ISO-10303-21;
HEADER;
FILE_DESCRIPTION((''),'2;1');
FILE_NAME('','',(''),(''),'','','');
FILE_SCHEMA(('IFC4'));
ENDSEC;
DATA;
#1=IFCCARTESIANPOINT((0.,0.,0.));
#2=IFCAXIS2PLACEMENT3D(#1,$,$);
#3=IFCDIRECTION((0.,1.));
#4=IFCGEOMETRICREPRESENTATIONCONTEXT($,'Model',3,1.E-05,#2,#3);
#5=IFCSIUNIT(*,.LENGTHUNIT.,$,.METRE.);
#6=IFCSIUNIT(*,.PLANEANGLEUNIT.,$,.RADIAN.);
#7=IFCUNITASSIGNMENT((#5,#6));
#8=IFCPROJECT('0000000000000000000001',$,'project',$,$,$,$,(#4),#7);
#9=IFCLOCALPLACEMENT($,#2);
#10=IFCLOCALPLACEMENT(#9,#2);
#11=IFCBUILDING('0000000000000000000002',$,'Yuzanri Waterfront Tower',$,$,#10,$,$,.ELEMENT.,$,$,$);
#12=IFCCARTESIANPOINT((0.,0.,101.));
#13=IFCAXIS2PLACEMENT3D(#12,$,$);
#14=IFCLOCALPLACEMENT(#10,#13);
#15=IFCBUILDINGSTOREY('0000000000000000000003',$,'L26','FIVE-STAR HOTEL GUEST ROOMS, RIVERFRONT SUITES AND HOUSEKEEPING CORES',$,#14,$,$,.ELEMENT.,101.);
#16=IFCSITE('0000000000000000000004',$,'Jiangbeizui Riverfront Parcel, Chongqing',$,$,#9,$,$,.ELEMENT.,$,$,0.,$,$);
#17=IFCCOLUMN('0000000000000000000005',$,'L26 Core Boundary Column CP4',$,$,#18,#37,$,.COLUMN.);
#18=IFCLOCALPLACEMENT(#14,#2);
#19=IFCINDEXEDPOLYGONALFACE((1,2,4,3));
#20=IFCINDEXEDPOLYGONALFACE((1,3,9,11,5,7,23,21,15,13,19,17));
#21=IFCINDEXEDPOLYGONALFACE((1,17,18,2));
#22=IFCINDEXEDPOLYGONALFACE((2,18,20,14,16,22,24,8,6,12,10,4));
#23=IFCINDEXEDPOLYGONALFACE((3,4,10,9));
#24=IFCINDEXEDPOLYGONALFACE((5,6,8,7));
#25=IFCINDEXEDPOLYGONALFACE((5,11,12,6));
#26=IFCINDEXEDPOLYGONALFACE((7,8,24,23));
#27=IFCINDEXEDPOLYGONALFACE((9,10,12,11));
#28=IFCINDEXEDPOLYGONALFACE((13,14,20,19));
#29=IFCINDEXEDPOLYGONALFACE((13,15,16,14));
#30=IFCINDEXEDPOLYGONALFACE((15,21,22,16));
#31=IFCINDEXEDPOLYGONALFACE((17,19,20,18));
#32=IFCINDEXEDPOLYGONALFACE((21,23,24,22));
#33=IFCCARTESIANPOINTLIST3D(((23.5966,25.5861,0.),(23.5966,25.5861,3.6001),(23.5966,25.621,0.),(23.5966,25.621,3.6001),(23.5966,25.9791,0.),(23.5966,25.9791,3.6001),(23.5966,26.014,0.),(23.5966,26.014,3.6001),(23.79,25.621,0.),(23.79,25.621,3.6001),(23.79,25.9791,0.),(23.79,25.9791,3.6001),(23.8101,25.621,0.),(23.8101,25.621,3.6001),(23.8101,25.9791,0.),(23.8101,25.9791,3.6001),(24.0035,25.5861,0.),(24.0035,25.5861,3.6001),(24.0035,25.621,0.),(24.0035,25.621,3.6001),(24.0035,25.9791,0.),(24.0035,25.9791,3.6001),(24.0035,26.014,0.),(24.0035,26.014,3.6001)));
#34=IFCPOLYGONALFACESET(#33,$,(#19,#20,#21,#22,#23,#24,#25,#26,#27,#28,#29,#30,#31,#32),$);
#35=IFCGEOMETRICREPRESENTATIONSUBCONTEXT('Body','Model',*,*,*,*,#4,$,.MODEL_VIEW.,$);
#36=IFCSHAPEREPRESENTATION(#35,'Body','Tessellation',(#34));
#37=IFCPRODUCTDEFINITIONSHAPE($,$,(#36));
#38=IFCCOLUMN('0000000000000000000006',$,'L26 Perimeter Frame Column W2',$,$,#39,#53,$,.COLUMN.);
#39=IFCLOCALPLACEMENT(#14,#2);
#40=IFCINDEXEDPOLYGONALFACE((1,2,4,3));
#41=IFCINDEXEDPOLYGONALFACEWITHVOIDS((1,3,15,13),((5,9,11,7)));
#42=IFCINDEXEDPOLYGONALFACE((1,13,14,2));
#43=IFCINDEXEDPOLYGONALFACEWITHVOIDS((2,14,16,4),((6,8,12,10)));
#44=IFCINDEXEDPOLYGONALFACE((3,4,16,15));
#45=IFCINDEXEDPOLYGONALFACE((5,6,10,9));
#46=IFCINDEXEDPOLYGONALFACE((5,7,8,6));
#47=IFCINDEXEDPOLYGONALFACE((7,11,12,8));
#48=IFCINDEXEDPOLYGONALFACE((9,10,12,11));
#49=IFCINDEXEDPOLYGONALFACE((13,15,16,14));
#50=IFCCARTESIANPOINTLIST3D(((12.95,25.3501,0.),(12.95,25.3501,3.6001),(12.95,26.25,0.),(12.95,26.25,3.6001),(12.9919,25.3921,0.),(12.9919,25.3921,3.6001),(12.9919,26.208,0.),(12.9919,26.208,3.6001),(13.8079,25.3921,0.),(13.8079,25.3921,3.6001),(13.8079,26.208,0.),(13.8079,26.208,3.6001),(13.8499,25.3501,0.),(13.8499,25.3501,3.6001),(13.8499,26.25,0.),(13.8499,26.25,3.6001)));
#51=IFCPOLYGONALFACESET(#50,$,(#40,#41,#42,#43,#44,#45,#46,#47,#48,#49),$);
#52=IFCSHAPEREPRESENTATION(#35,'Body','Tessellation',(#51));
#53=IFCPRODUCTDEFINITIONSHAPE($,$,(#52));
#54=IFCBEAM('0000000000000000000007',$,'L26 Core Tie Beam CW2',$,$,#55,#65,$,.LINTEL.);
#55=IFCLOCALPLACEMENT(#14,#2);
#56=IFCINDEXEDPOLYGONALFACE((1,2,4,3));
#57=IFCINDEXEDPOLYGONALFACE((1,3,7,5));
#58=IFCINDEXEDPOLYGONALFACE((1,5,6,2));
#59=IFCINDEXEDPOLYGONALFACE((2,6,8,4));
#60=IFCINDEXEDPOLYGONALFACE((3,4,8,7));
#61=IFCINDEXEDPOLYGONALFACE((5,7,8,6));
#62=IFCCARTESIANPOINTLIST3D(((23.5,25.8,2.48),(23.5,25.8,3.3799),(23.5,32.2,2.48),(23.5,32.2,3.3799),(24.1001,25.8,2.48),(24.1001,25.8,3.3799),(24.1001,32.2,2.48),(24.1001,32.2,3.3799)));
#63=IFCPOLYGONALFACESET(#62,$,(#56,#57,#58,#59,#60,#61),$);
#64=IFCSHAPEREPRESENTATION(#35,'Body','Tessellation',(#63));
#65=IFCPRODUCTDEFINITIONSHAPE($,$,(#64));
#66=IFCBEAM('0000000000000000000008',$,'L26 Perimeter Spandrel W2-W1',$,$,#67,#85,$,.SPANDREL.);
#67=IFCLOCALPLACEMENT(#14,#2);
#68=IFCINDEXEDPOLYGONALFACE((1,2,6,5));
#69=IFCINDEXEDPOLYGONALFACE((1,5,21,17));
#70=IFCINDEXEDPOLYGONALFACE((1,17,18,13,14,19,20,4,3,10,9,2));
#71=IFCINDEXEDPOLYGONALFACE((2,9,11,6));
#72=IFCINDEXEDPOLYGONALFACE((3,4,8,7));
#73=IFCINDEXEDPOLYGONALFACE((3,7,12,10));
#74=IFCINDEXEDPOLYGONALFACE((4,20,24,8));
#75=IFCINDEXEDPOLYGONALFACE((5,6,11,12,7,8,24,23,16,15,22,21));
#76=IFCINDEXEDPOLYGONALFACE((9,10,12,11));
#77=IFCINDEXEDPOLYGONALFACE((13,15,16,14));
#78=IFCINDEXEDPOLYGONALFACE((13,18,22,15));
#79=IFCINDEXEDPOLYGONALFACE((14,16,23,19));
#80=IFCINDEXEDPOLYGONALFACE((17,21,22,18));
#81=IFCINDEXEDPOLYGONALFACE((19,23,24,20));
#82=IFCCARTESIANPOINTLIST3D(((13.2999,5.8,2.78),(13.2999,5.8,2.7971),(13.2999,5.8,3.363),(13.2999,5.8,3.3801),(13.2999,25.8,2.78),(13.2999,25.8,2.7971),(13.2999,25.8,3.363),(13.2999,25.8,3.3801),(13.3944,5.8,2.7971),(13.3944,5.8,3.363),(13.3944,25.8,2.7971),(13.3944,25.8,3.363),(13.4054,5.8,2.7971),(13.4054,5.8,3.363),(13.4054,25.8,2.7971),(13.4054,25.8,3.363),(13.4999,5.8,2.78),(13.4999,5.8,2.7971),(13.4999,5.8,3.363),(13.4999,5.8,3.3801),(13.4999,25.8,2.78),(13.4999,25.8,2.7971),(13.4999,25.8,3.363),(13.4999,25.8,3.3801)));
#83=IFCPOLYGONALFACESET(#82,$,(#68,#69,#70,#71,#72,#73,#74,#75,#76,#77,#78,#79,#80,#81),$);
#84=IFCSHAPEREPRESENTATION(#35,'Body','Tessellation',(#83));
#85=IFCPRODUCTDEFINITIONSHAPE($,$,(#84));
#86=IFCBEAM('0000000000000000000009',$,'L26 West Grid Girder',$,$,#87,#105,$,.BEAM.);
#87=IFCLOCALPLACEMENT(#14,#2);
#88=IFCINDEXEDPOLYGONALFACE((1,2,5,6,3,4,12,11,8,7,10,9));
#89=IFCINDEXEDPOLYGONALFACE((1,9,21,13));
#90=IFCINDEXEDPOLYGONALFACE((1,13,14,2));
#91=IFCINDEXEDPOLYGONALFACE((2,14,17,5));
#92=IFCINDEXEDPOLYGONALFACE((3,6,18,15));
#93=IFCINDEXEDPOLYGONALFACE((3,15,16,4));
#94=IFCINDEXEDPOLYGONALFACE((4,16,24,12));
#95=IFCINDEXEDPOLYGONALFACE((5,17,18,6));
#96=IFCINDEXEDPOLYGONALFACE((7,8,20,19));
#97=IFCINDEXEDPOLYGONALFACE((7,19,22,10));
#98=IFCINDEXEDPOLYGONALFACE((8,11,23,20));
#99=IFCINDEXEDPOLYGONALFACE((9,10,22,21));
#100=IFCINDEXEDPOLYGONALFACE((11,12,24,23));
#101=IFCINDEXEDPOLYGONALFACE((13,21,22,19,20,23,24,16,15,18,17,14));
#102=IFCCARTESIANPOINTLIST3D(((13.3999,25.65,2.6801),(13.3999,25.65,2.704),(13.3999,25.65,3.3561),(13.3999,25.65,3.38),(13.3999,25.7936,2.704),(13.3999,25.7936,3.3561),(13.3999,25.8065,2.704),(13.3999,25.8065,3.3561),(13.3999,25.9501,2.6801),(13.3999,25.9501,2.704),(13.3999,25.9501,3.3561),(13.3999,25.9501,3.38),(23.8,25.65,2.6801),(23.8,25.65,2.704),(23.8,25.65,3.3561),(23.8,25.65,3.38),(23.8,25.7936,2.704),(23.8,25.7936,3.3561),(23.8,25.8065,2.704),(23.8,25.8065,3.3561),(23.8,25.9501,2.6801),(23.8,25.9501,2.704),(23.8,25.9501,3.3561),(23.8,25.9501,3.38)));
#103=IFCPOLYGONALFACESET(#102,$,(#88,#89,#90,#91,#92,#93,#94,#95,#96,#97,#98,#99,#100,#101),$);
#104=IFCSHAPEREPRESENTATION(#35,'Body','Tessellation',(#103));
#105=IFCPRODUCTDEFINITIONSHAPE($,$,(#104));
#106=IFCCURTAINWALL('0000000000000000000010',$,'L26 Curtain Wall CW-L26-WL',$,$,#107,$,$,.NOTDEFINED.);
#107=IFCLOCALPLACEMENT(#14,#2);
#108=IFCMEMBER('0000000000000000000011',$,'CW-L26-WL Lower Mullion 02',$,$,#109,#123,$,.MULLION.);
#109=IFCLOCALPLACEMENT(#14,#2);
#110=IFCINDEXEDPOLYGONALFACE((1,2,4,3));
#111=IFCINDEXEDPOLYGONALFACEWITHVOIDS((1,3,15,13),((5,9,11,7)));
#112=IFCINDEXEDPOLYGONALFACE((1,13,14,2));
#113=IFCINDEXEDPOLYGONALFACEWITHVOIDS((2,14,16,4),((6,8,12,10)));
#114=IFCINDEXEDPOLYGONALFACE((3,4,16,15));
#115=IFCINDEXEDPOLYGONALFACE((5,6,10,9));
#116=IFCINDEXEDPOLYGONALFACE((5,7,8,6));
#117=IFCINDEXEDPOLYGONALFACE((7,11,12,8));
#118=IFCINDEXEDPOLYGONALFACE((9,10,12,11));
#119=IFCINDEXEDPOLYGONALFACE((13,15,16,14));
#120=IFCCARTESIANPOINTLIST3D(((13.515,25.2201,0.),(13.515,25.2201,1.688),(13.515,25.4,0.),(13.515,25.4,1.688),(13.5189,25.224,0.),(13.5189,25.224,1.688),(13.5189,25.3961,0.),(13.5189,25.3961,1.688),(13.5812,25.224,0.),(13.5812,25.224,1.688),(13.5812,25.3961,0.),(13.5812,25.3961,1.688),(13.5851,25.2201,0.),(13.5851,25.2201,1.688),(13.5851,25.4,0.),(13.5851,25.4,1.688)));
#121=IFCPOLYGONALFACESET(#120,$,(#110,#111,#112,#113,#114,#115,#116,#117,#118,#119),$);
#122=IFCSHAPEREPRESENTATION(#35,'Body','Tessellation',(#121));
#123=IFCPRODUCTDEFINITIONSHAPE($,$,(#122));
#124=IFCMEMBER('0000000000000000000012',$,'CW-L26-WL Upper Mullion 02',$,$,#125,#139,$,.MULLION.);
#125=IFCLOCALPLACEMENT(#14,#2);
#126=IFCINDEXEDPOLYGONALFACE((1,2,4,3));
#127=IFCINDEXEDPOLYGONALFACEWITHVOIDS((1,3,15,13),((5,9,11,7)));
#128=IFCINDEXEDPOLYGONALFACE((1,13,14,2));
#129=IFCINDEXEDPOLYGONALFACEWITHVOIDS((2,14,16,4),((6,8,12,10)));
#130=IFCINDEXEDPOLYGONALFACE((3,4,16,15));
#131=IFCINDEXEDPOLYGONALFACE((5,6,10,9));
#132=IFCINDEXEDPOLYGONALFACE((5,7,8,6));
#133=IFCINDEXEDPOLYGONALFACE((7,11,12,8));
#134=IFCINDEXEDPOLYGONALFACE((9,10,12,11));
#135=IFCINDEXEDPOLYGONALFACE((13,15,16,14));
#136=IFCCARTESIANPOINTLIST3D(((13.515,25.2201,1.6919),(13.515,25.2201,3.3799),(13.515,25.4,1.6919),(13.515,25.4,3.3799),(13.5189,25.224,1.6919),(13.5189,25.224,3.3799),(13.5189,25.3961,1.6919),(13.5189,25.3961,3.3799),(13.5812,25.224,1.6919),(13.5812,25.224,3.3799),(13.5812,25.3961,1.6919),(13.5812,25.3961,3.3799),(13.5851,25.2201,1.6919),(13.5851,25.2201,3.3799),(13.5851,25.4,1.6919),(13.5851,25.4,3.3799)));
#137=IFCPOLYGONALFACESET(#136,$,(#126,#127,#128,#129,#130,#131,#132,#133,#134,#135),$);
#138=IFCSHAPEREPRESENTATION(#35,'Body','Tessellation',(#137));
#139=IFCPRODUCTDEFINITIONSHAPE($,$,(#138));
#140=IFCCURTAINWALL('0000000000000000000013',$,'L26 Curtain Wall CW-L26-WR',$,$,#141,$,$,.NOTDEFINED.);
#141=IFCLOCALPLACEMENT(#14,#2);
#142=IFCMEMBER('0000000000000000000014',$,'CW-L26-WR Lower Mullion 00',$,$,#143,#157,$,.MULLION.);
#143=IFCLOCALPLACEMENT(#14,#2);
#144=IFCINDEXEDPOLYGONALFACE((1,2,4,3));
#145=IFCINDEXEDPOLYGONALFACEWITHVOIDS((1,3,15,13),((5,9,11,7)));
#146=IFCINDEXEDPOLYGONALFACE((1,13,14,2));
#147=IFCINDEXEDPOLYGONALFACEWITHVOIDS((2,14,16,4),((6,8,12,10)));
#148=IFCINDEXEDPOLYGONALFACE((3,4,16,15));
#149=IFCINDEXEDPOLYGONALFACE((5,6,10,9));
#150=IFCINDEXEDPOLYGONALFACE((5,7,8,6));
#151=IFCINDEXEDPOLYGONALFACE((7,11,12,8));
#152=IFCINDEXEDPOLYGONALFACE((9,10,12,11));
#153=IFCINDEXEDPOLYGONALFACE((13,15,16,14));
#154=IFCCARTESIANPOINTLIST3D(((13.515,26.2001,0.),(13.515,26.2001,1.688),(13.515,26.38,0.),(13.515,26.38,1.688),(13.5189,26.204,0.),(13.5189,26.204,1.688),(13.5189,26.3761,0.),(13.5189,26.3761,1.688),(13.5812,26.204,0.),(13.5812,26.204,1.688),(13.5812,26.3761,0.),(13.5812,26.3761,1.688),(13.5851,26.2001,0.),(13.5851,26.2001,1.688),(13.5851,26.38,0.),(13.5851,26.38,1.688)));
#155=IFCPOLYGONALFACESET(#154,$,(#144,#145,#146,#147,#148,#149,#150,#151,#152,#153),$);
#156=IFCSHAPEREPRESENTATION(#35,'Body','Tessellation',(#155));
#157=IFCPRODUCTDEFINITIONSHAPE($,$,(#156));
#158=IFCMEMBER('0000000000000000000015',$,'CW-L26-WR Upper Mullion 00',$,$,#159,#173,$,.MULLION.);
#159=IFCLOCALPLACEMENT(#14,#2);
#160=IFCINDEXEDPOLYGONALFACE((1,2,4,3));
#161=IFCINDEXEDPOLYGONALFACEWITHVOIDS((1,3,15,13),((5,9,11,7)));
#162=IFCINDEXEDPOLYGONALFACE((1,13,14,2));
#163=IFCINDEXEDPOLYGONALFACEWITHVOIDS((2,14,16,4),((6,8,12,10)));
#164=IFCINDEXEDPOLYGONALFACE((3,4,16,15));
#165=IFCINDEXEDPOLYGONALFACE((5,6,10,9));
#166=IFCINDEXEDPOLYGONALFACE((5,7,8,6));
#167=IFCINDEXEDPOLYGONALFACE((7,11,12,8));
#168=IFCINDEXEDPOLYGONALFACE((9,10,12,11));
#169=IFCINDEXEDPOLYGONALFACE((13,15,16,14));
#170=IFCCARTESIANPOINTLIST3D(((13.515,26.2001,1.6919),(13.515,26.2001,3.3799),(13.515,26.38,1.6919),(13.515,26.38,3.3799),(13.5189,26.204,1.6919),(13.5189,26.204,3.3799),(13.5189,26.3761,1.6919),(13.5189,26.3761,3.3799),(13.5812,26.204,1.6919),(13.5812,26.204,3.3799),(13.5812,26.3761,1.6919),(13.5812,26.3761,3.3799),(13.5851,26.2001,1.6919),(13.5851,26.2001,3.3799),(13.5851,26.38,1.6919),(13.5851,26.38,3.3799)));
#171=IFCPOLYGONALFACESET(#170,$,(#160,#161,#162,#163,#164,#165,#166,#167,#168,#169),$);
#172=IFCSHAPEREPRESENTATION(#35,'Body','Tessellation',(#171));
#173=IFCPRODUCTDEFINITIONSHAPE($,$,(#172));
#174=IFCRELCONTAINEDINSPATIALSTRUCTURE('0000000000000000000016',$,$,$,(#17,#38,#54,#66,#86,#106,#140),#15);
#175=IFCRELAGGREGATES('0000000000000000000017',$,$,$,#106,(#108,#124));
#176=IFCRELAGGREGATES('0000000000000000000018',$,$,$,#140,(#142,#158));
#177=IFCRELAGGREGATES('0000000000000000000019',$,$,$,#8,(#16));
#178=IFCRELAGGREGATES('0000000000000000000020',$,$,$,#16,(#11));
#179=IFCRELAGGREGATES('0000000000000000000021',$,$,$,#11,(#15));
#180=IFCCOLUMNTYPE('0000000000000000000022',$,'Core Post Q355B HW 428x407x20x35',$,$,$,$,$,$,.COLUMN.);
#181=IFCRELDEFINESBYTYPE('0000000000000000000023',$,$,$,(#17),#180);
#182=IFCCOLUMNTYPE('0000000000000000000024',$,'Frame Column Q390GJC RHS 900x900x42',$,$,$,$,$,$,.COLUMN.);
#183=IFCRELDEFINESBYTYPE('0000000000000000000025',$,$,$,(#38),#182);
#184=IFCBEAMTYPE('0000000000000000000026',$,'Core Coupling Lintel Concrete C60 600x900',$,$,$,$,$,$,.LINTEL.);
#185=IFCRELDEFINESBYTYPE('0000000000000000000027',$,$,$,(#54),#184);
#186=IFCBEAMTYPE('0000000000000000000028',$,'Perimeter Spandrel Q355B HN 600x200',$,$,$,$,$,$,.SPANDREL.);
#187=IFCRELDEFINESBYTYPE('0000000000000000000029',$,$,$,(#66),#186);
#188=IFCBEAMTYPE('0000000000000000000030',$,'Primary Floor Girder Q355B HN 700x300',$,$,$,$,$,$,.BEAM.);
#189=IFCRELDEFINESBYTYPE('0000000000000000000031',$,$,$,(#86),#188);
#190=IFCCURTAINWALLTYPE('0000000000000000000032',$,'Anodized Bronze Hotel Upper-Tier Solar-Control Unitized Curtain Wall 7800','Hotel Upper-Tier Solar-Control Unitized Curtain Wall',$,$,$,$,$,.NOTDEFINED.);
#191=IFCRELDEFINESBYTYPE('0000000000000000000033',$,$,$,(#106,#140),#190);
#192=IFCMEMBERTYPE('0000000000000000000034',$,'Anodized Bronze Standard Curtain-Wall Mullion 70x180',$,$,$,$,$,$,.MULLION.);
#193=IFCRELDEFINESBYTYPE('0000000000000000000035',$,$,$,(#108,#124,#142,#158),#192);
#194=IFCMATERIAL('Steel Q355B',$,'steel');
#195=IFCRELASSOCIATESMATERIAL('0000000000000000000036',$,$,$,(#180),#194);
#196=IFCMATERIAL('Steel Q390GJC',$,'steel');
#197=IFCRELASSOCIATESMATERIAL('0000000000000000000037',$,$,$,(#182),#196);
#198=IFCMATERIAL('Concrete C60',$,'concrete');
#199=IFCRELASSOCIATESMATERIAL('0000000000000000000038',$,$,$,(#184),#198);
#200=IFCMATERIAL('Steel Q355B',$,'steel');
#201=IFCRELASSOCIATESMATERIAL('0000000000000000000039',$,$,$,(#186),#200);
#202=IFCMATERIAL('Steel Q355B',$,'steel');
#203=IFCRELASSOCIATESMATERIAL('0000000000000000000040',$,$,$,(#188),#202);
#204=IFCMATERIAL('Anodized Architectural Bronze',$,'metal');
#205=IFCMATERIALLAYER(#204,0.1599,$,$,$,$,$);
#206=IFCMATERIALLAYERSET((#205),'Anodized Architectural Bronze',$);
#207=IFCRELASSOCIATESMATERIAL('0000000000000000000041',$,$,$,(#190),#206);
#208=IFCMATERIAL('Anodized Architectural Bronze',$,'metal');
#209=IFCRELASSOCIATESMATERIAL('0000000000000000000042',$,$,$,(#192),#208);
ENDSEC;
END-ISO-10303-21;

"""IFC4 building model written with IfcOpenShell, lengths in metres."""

from ifc_helpers import new_model, si_unit, direction, frame, origin, origin_2d, place, context, subcontext, project, spatial, rectangle, hollow_rectangle, i_section, extrude, source, transform, mapped, material, layer, layer_set, material_profile, profile_set, type_object, element, aggregate, save


model = new_model("IFC4")

# Units and contexts
model_context = context("Model", 3, precision=1e-05, world=origin(), true_north=direction((0.0, 1.0)))
body_context = subcontext(model_context, "Body", "Model", "MODEL_VIEW")
ifc_project = project(units=[si_unit("LENGTHUNIT", "METRE"), si_unit("PLANEANGLEUNIT", "RADIAN")], contexts=[model_context])

# Site, building, storey
site_placement = place(None, origin())
site = spatial("IfcSite", under=ifc_project, at=site_placement, Name="Jiangbeizui Riverfront Parcel, Chongqing", CompositionType="ELEMENT", RefElevation=0.0)
building_placement = place(site_placement, origin())
building = spatial("IfcBuilding", under=site, at=building_placement, Name="Yuzanri Waterfront Tower", CompositionType="ELEMENT")
storey_placement = place(building_placement, frame((0.0, 0.0, 101.0)))
storey = spatial("IfcBuildingStorey", under=building, at=storey_placement, Name="L26", Description="FIVE-STAR HOTEL GUEST ROOMS, RIVERFRONT SUITES AND HOUSEKEEPING CORES", CompositionType="ELEMENT", Elevation=101.0)

# Columns
ifc_material_1 = material(Name="Steel Q355B", Category="steel")
ifc_material_profile_1 = material_profile(ifc_material_1, i_section(OverallWidth=0.407, OverallDepth=0.428, WebThickness=0.02, FlangeThickness=0.0349, at=origin_2d()), Name="HW 428x407x20x35")
ifc_profile_set_1 = profile_set([ifc_material_profile_1], Name="Steel Q355B")
column_type_1 = type_object("IfcColumnType", Name="Core Post Q355B HW 428x407x20x35", PredefinedType="COLUMN", material=ifc_profile_set_1)
shared_shape_1 = source(origin(), body_context, "Body", "SweptSolid", [
    extrude(i_section(OverallWidth=0.407, OverallDepth=0.428, WebThickness=0.02, FlangeThickness=0.0349, at=origin_2d()), origin(), (0.0, 0.0, 1.0), 3.6001),
])
column_1_placement = place(storey_placement, frame((23.8, 25.8, 0.0), z_axis=(0.0, 0.0, 1.0), x_axis=(1.0, 0.0, 0.0)))
element("IfcColumn", 1, at=column_1_placement, inside=storey, type_object=column_type_1, Name="L26 Core Boundary Column CP4", PredefinedType="COLUMN", context=body_context, shape_type="MappedRepresentation", body=[
    mapped(shared_shape_1, transform((0.0, 0.0, 0.0), scale=1.0)),
])
ifc_material_2 = material(Name="Steel Q390GJC", Category="steel")
ifc_material_profile_2 = material_profile(ifc_material_2, hollow_rectangle(XDim=0.8999, YDim=0.8999, WallThickness=0.042, at=origin_2d()), Name="RHS 900x900x42")
ifc_profile_set_2 = profile_set([ifc_material_profile_2], Name="Steel Q390GJC")
column_type_2 = type_object("IfcColumnType", Name="Frame Column Q390GJC RHS 900x900x42", PredefinedType="COLUMN", material=ifc_profile_set_2)
shared_shape_2 = source(origin(), body_context, "Body", "SweptSolid", [
    extrude(hollow_rectangle(XDim=0.8999, YDim=0.8999, WallThickness=0.042, at=origin_2d()), origin(), (0.0, 0.0, 1.0), 3.6001),
])
column_2_placement = place(storey_placement, frame((13.3999, 25.8, 0.0), z_axis=(0.0, 0.0, 1.0), x_axis=(1.0, 0.0, 0.0)))
element("IfcColumn", 2, at=column_2_placement, inside=storey, type_object=column_type_2, Name="L26 Perimeter Frame Column W2", PredefinedType="COLUMN", context=body_context, shape_type="MappedRepresentation", body=[
    mapped(shared_shape_2, transform((0.0, 0.0, 0.0), scale=1.0)),
])

# Beams
ifc_material_3 = material(Name="Concrete C60", Category="concrete")
ifc_material_profile_3 = material_profile(ifc_material_3, rectangle(XDim=0.6001, YDim=0.8999, at=origin_2d()), Name="RC 600x900")
ifc_profile_set_3 = profile_set([ifc_material_profile_3], Name="Concrete C60")
beam_type_1 = type_object("IfcBeamType", Name="Core Coupling Lintel Concrete C60 600x900", PredefinedType="LINTEL", material=ifc_profile_set_3)
shared_shape_3 = source(origin(), body_context, "Body", "SweptSolid", [
    extrude(rectangle(XDim=0.6001, YDim=0.8999, at=origin_2d()), origin(), (0.0, 0.0, 1.0), 6.3999),
])
beam_1_placement = place(storey_placement, frame((23.8, 25.8, 2.9299), z_axis=(0.0, 1.0, 0.0), x_axis=(-1.0, 0.0, 0.0)))
element("IfcBeam", 3, at=beam_1_placement, inside=storey, type_object=beam_type_1, Name="L26 Core Tie Beam CW2", PredefinedType="LINTEL", context=body_context, shape_type="MappedRepresentation", body=[
    mapped(shared_shape_3, transform((0.0, 0.0, 0.0), scale=1.0)),
])
ifc_material_4 = material(Name="Steel Q355B", Category="steel")
ifc_material_profile_4 = material_profile(ifc_material_4, i_section(OverallWidth=0.2, OverallDepth=0.6001, WebThickness=0.011, FlangeThickness=0.0171, at=origin_2d()), Name="HN 600x200x11x17")
ifc_profile_set_4 = profile_set([ifc_material_profile_4], Name="Steel Q355B")
beam_type_2 = type_object("IfcBeamType", Name="Perimeter Spandrel Q355B HN 600x200", PredefinedType="SPANDREL", material=ifc_profile_set_4)
shared_shape_4 = source(origin(), body_context, "Body", "SweptSolid", [
    extrude(i_section(OverallWidth=0.2, OverallDepth=0.6001, WebThickness=0.011, FlangeThickness=0.0171, at=origin_2d()), origin(), (0.0, 0.0, 1.0), 20.0),
])
beam_2_placement = place(storey_placement, frame((13.3999, 25.8, 3.0801), z_axis=(0.0, -1.0, 0.0), x_axis=(1.0, 0.0, 0.0)))
element("IfcBeam", 4, at=beam_2_placement, inside=storey, type_object=beam_type_2, Name="L26 Perimeter Spandrel W2-W1", PredefinedType="SPANDREL", context=body_context, shape_type="MappedRepresentation", body=[
    mapped(shared_shape_4, transform((0.0, 0.0, 0.0), scale=1.0)),
])
ifc_material_5 = material(Name="Steel Q355B", Category="steel")
ifc_material_profile_5 = material_profile(ifc_material_5, i_section(OverallWidth=0.3, OverallDepth=0.7, WebThickness=0.0129, FlangeThickness=0.0239, at=origin_2d()), Name="HN 700x300x13x24")
ifc_profile_set_5 = profile_set([ifc_material_profile_5], Name="Steel Q355B")
beam_type_3 = type_object("IfcBeamType", Name="Primary Floor Girder Q355B HN 700x300", PredefinedType="BEAM", material=ifc_profile_set_5)
shared_shape_5 = source(origin(), body_context, "Body", "SweptSolid", [
    extrude(i_section(OverallWidth=0.3, OverallDepth=0.7, WebThickness=0.0129, FlangeThickness=0.0239, at=origin_2d()), origin(), (0.0, 0.0, 1.0), 10.4001),
])
beam_3_placement = place(storey_placement, frame((23.8, 25.8, 3.03), z_axis=(-1.0, 0.0, 0.0), x_axis=(0.0, -1.0, 0.0)))
element("IfcBeam", 5, at=beam_3_placement, inside=storey, type_object=beam_type_3, Name="L26 West Grid Girder", PredefinedType="BEAM", context=body_context, shape_type="MappedRepresentation", body=[
    mapped(shared_shape_5, transform((0.0, 0.0, 0.0), scale=1.0)),
])

# Curtain walls, members
ifc_material_6 = material(Name="Anodized Architectural Bronze", Category="metal")
ifc_layer_1 = layer(ifc_material_6, 0.1599)
ifc_layer_set_1 = layer_set([ifc_layer_1], Name="Anodized Architectural Bronze")
curtain_wall_type = type_object("IfcCurtainWallType", Name="Anodized Bronze Hotel Upper-Tier Solar-Control Unitized Curtain Wall 7800", Description="Hotel Upper-Tier Solar-Control Unitized Curtain Wall", PredefinedType="NOTDEFINED", material=ifc_layer_set_1)
curtain_wall_1_placement = place(storey_placement, origin())
curtain_wall_1 = element("IfcCurtainWall", 6, at=curtain_wall_1_placement, inside=storey, type_object=curtain_wall_type, Name="L26 Curtain Wall CW-L26-WL", PredefinedType="NOTDEFINED")
ifc_material_7 = material(Name="Anodized Architectural Bronze", Category="metal")
ifc_material_profile_6 = material_profile(ifc_material_7, hollow_rectangle(XDim=0.0701, YDim=0.1799, WallThickness=0.0039, at=origin_2d()), Name="CWM 70x180")
ifc_profile_set_6 = profile_set([ifc_material_profile_6], Name="Anodized Architectural Bronze")
member_type_1 = type_object("IfcMemberType", Name="Anodized Bronze Standard Curtain-Wall Mullion 70x180", PredefinedType="MULLION", material=ifc_profile_set_6)
shared_shape_6 = source(origin(), body_context, "Body", "SweptSolid", [
    extrude(hollow_rectangle(XDim=0.0701, YDim=0.1799, WallThickness=0.0039, at=origin_2d()), origin(), (0.0, 0.0, 1.0), 1.688),
])
member_1_placement = place(storey_placement, frame((13.55, 25.3101, 0.0), z_axis=(0.0, 0.0, 1.0), x_axis=(1.0, 0.0, 0.0)))
member_1 = element("IfcMember", 7, at=member_1_placement, type_object=member_type_1, Name="CW-L26-WL Lower Mullion 02", PredefinedType="MULLION", context=body_context, shape_type="MappedRepresentation", body=[
    mapped(shared_shape_6, transform((0.0, 0.0, 0.0), scale=1.0)),
])
member_2_placement = place(storey_placement, frame((13.55, 25.3101, 1.6919), z_axis=(0.0, 0.0, 1.0), x_axis=(1.0, 0.0, 0.0)))
member_2 = element("IfcMember", 8, at=member_2_placement, type_object=member_type_1, Name="CW-L26-WL Upper Mullion 02", PredefinedType="MULLION", context=body_context, shape_type="MappedRepresentation", body=[
    mapped(shared_shape_6, transform((0.0, 0.0, 0.0), scale=1.0)),
])
aggregate(curtain_wall_1, [member_1, member_2])
curtain_wall_2_placement = place(storey_placement, origin())
curtain_wall_2 = element("IfcCurtainWall", 9, at=curtain_wall_2_placement, inside=storey, type_object=curtain_wall_type, Name="L26 Curtain Wall CW-L26-WR", PredefinedType="NOTDEFINED")
member_3_placement = place(storey_placement, frame((13.55, 26.29, 0.0), z_axis=(0.0, 0.0, 1.0), x_axis=(1.0, 0.0, 0.0)))
member_3 = element("IfcMember", 10, at=member_3_placement, type_object=member_type_1, Name="CW-L26-WR Lower Mullion 00", PredefinedType="MULLION", context=body_context, shape_type="MappedRepresentation", body=[
    mapped(shared_shape_6, transform((0.0, 0.0, 0.0), scale=1.0)),
])
member_4_placement = place(storey_placement, frame((13.55, 26.29, 1.6919), z_axis=(0.0, 0.0, 1.0), x_axis=(1.0, 0.0, 0.0)))
member_4 = element("IfcMember", 11, at=member_4_placement, type_object=member_type_1, Name="CW-L26-WR Upper Mullion 00", PredefinedType="MULLION", context=body_context, shape_type="MappedRepresentation", body=[
    mapped(shared_shape_6, transform((0.0, 0.0, 0.0), scale=1.0)),
])

aggregate(curtain_wall_2, [member_3, member_4])

save(model, "model.ifc")
